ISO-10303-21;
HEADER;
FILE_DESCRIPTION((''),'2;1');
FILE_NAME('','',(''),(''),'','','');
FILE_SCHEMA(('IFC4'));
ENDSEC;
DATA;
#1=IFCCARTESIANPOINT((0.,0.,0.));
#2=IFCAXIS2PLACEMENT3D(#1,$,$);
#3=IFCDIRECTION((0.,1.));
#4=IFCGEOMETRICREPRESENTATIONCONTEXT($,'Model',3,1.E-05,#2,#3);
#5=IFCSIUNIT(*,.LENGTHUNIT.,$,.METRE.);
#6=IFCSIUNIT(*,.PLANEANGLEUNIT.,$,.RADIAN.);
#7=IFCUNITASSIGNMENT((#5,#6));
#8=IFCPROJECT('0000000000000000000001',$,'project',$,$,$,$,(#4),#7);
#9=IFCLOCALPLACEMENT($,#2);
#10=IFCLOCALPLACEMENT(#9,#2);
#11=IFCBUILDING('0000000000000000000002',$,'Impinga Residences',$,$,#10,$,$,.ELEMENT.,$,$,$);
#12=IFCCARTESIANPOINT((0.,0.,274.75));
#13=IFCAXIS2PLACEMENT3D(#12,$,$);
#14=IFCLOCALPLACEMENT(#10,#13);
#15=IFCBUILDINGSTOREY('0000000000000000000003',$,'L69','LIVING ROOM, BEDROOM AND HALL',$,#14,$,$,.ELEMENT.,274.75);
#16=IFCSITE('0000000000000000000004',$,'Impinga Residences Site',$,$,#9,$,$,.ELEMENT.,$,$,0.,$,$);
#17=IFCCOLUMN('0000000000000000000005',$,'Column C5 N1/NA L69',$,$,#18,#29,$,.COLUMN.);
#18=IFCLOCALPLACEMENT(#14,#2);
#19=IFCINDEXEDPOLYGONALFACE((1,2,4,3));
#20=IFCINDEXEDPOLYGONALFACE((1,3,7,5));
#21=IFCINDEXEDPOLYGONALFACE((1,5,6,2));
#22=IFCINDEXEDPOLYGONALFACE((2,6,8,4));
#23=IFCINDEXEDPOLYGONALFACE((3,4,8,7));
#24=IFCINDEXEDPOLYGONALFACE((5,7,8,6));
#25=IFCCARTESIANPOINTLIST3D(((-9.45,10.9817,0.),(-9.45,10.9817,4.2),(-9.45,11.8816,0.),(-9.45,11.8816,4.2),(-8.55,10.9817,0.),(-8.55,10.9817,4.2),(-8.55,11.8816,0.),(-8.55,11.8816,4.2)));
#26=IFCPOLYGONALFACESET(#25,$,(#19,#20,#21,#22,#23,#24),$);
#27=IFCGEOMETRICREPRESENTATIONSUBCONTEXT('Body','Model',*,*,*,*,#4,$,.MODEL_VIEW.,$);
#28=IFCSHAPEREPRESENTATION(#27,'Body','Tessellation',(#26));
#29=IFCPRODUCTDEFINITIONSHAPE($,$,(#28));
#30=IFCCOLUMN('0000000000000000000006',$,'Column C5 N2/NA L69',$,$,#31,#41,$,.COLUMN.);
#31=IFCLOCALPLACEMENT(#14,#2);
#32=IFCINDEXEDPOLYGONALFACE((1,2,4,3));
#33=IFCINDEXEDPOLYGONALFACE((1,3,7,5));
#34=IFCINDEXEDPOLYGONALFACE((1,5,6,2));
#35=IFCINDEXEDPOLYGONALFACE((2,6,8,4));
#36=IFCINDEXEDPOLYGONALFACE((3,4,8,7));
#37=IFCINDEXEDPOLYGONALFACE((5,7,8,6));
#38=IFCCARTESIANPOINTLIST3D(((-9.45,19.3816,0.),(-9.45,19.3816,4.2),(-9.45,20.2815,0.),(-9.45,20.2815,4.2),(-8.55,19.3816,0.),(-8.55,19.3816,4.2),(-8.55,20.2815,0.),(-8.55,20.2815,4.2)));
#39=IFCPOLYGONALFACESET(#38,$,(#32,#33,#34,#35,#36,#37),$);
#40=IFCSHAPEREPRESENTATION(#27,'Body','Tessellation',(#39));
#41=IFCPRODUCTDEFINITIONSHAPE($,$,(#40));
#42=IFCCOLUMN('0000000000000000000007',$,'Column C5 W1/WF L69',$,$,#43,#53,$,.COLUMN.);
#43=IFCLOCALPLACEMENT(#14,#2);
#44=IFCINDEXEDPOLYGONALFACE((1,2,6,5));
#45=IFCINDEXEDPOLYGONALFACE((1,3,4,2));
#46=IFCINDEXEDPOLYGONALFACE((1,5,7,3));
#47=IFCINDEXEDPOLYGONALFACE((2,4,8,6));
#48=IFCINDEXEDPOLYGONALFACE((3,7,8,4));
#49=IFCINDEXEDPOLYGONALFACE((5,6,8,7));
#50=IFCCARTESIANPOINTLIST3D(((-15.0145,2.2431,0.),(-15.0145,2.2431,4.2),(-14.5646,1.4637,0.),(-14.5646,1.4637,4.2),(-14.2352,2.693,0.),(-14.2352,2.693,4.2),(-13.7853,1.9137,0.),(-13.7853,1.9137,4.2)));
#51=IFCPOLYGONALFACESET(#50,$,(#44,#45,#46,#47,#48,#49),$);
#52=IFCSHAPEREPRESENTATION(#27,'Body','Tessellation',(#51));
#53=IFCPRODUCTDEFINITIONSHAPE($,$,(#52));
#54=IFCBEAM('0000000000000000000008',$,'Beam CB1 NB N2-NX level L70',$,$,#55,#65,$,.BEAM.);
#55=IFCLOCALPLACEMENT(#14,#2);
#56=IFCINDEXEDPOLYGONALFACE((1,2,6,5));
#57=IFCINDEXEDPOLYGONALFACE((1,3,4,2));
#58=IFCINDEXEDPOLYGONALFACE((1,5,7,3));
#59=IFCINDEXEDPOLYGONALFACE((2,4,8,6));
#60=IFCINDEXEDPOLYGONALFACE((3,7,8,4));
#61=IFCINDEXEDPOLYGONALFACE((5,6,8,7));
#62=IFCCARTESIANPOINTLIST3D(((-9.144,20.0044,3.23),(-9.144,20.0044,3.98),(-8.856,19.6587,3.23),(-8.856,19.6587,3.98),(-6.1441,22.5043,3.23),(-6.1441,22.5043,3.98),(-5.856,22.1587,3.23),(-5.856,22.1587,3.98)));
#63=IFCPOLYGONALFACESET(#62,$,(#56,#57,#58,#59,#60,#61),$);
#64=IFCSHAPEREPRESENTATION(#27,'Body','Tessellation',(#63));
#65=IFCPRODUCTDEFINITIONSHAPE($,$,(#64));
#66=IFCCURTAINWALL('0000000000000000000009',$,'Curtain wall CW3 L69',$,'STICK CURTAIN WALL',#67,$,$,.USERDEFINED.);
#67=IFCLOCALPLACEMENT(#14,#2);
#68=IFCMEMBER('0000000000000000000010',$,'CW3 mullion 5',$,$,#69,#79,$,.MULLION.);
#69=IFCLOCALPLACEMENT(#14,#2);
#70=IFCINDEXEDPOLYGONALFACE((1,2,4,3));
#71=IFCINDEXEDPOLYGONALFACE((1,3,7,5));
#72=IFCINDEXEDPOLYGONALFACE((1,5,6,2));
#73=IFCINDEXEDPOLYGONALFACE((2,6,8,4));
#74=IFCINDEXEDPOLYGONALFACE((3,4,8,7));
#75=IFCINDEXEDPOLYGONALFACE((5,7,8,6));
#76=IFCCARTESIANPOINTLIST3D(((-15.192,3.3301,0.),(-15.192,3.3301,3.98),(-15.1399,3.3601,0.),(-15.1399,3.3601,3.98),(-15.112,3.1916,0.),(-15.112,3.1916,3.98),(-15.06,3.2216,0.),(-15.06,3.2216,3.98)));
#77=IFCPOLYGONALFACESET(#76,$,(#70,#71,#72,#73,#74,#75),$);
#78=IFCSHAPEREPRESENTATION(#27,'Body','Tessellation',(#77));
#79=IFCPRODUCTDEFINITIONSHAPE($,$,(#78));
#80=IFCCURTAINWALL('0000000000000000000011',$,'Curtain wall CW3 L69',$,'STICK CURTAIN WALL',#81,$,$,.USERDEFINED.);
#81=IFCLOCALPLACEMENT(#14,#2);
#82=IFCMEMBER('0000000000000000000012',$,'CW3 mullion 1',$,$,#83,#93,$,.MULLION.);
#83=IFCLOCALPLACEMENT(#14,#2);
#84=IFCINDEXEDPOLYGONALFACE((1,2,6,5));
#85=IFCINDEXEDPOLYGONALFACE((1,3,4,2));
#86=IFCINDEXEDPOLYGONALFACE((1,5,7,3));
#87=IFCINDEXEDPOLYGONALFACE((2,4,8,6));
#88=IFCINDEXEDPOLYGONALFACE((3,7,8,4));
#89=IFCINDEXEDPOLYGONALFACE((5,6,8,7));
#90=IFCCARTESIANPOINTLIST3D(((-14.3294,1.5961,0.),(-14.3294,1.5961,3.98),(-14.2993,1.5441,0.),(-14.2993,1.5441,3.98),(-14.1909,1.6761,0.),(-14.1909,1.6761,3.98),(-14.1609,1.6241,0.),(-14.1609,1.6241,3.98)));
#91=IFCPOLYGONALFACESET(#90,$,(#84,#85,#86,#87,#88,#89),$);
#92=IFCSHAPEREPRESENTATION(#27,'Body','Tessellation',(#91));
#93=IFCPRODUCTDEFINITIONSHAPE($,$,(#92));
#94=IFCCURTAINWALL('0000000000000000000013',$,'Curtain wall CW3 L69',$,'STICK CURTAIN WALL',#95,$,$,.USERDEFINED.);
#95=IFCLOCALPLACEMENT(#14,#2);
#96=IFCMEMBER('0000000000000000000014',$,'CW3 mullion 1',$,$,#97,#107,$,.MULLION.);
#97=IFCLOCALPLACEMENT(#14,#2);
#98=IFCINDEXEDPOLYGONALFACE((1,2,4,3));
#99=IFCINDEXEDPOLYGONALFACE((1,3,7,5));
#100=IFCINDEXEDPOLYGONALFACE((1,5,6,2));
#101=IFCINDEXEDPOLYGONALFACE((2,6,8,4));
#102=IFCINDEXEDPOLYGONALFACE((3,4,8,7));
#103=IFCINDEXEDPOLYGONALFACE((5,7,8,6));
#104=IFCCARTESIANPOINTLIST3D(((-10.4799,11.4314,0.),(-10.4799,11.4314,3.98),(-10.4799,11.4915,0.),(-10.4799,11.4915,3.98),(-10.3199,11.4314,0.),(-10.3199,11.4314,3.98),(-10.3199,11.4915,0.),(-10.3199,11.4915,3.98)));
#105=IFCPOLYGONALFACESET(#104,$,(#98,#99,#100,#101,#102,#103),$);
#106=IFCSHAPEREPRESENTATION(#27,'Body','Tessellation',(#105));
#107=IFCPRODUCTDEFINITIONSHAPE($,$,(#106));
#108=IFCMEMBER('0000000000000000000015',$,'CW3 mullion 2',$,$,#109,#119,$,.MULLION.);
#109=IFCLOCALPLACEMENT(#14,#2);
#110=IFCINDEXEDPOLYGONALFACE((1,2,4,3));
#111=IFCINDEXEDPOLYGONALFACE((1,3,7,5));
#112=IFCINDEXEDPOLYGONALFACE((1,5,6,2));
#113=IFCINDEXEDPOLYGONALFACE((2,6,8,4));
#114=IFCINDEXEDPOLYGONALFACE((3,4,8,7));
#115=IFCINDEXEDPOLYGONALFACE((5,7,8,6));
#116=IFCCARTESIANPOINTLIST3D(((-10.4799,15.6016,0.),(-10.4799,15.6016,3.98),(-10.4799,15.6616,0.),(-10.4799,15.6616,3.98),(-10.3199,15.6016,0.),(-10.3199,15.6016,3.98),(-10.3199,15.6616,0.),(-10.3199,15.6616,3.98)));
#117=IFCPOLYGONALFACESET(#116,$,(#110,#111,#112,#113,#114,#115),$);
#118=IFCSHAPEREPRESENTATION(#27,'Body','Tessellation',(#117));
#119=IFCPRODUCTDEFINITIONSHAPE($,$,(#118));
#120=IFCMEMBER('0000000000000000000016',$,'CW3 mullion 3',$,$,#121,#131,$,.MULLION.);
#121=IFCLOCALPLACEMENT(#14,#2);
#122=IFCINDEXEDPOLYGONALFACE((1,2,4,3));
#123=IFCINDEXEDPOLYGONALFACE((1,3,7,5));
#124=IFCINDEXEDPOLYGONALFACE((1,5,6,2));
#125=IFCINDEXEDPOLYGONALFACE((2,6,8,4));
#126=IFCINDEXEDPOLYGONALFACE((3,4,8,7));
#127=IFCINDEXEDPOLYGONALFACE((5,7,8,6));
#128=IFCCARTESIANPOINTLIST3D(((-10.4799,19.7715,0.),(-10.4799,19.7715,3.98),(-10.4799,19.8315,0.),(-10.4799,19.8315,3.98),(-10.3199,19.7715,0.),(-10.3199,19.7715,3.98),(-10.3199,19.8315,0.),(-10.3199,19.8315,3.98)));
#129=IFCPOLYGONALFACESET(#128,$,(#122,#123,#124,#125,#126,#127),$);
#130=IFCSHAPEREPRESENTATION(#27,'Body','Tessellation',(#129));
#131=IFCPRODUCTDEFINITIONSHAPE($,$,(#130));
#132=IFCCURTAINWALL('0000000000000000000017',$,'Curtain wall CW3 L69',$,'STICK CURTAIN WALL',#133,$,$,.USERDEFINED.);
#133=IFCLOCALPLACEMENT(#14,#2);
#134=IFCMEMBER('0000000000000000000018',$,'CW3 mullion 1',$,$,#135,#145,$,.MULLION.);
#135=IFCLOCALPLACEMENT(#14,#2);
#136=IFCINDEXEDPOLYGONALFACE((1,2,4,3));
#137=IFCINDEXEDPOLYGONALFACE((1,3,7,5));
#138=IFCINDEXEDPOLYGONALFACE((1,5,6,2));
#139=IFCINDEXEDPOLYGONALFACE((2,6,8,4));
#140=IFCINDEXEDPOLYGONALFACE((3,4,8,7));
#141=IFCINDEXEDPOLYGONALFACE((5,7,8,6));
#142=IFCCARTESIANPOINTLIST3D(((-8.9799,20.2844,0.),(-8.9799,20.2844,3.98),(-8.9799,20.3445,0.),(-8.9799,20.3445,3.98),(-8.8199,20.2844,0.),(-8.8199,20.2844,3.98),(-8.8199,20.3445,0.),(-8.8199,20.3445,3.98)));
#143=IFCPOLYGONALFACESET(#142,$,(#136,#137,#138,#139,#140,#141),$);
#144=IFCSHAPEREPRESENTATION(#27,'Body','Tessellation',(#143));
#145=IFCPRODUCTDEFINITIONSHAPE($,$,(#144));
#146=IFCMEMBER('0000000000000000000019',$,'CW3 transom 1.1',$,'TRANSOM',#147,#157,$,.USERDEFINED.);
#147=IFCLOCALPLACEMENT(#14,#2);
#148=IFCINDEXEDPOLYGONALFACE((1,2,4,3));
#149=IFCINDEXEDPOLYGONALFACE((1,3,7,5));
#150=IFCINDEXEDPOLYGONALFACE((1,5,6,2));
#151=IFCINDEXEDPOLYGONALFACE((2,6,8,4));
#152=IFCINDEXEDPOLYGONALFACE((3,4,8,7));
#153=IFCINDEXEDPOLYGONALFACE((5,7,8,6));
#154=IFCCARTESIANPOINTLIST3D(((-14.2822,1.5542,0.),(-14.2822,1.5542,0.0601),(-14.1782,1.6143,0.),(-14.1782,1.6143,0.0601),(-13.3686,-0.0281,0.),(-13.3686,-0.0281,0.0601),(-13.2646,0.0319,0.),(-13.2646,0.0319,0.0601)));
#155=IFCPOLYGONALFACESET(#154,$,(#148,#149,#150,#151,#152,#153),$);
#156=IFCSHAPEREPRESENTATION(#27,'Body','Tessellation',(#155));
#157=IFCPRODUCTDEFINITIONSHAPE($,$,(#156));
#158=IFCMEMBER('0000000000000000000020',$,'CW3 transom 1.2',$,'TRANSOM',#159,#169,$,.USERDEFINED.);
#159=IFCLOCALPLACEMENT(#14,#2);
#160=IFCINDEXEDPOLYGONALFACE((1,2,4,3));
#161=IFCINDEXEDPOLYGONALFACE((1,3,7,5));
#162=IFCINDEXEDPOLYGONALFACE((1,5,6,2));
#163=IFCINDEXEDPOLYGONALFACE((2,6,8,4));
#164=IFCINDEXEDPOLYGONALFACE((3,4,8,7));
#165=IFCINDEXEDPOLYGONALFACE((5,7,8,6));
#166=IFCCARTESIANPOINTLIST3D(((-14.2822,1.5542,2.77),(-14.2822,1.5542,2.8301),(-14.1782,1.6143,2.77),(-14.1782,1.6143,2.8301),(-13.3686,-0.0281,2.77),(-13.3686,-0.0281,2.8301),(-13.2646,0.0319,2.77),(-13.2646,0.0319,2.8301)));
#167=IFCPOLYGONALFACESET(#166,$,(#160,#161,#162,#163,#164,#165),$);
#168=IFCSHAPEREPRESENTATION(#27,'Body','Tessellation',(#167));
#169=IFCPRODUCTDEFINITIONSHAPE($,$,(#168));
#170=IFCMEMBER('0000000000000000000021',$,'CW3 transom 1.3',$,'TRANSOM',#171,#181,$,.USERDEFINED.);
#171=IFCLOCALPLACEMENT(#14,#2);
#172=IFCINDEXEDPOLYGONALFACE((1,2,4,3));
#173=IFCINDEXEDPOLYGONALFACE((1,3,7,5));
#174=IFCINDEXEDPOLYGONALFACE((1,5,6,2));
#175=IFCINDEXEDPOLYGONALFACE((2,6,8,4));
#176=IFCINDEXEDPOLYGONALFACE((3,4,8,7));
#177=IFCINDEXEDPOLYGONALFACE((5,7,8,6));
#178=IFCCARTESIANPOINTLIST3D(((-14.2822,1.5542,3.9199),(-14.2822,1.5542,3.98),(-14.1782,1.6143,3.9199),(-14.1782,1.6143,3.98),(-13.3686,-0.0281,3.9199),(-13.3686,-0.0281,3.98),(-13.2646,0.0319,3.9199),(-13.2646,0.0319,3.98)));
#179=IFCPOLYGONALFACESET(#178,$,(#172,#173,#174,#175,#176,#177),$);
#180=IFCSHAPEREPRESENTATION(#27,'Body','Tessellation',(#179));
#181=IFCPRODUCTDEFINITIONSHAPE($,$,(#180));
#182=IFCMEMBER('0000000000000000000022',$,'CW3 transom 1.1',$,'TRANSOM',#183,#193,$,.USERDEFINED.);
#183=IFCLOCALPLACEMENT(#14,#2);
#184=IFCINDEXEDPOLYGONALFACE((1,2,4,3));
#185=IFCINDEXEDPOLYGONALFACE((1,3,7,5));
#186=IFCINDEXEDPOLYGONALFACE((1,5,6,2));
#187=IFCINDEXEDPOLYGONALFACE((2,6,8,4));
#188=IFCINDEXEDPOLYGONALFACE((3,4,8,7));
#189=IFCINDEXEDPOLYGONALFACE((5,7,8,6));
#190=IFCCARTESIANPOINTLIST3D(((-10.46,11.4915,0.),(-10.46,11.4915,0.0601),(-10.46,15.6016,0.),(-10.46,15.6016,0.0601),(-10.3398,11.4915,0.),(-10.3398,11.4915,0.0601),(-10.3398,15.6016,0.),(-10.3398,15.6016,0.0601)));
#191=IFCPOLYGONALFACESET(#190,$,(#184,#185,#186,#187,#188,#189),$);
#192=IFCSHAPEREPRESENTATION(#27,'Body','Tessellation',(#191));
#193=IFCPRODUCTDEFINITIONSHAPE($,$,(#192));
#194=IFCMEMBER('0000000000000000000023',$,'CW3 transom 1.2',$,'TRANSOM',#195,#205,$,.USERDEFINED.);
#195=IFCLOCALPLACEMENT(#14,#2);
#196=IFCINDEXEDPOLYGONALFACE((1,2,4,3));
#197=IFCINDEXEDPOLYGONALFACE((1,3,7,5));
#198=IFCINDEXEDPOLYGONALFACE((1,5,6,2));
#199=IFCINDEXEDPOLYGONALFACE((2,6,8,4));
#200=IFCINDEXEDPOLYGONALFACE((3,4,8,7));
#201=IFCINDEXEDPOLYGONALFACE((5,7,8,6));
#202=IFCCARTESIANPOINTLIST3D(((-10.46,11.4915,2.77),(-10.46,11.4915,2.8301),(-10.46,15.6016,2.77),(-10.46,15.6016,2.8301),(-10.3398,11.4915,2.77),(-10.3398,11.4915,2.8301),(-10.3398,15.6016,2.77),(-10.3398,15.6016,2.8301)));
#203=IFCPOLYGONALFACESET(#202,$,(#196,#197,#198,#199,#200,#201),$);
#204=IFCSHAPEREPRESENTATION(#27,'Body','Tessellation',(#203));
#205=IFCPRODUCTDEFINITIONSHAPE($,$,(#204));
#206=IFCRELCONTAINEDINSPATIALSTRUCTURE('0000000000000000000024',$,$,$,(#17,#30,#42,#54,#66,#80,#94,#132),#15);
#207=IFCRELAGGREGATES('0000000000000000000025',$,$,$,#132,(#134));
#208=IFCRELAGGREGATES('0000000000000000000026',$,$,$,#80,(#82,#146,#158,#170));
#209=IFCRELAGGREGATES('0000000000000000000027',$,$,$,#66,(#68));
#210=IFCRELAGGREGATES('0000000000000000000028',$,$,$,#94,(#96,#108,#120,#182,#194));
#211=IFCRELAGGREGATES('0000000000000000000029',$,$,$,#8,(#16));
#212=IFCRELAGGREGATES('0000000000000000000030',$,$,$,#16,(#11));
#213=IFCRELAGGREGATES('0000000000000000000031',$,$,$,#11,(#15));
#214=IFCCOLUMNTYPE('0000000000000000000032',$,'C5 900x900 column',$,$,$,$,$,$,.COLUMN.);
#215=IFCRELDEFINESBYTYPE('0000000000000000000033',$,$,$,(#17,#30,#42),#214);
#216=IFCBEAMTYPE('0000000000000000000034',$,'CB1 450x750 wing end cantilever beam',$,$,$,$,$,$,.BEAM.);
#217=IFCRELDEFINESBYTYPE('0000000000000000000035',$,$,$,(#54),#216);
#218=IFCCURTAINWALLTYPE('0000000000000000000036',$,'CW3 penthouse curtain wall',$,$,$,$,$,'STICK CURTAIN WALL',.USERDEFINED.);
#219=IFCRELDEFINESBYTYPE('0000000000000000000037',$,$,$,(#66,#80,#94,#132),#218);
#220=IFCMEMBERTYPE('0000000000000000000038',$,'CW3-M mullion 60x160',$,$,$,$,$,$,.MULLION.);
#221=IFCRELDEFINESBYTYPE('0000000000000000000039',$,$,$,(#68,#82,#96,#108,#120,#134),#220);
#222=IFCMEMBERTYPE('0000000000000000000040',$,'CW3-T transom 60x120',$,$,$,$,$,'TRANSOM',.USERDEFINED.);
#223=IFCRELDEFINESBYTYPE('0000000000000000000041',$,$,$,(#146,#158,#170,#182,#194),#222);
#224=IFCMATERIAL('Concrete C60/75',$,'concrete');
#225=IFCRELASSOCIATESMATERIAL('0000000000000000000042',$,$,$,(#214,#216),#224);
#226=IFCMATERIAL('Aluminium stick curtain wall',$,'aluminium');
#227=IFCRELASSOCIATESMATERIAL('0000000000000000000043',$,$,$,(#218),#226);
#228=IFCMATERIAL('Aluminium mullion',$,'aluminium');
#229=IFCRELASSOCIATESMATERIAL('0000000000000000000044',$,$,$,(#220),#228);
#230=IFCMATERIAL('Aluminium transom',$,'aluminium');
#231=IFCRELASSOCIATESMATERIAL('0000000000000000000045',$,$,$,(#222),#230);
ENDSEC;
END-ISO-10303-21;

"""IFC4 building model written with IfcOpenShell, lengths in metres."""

from ifc_helpers import new_model, si_unit, direction, frame, origin, origin_2d, place, context, subcontext, project, spatial, rectangle, extrude, material, material_profile, profile_set, type_object, element, aggregate, save


model = new_model("IFC4")

# Units and contexts
model_context = context("Model", 3, precision=1e-05, world=origin(), true_north=direction((0.0, 1.0)))
body_context = subcontext(model_context, "Body", "Model", "MODEL_VIEW")
ifc_project = project(units=[si_unit("LENGTHUNIT", "METRE"), si_unit("PLANEANGLEUNIT", "RADIAN")], contexts=[model_context])

# Site, building, storey
site_placement = place(None, origin())
site = spatial("IfcSite", under=ifc_project, at=site_placement, Name="Impinga Residences Site", CompositionType="ELEMENT", RefElevation=0.0)
building_placement = place(site_placement, origin())
building = spatial("IfcBuilding", under=site, at=building_placement, Name="Impinga Residences", CompositionType="ELEMENT")
storey_placement = place(building_placement, frame((0.0, 0.0, 274.75)))
storey = spatial("IfcBuildingStorey", under=building, at=storey_placement, Name="L69", Description="LIVING ROOM, BEDROOM AND HALL", CompositionType="ELEMENT", Elevation=274.75)

# Columns
ifc_material_1 = material(Name="Concrete C60/75", Category="concrete")
ifc_material_profile_1 = material_profile(ifc_material_1, rectangle(XDim=0.8999, YDim=0.8999, at=origin_2d()), Name="RC 900x900")
ifc_profile_set_1 = profile_set([ifc_material_profile_1], Name="Concrete C60/75")
column_type = type_object("IfcColumnType", Name="C5 900x900 column", PredefinedType="COLUMN", material=ifc_profile_set_1)
for number, where, z_axis, x_axis, name in (
    (1, (-9.0, 11.4316, 0.0), (0.0, 0.0, 1.0), (1.0, 0.0, 0.0), "Column C5 N1/NA L69"),
    (2, (-9.0, 19.8315, 0.0), (0.0, 0.0, 1.0), (1.0, 0.0, 0.0), "Column C5 N2/NA L69"),
    (3, (-14.3999, 2.0784, 0.0), (0.0, 0.0, 1.0), (-0.5, 0.866025, 0.0), "Column C5 W1/WF L69"),
):
    element("IfcColumn", number, at=place(storey_placement, frame(where, z_axis=z_axis, x_axis=x_axis)), inside=storey, type_object=column_type, Name=name, PredefinedType="COLUMN", context=body_context, shape_type="SweptSolid", body=[
        extrude(rectangle(XDim=0.8999, YDim=0.8999, at=origin_2d()), origin(), (0.0, 0.0, 1.0), 4.2),
    ])

# Beam
ifc_material_profile_2 = material_profile(ifc_material_1, rectangle(XDim=0.45, YDim=0.75, at=origin_2d()), Name="RC 450x750")
ifc_profile_set_2 = profile_set([ifc_material_profile_2], Name="Concrete C60/75")
beam_type_1 = type_object("IfcBeamType", Name="CB1 450x750 wing end cantilever beam", PredefinedType="BEAM", material=ifc_profile_set_2)
beam_placement = place(storey_placement, frame((-9.0, 19.8315, 3.605), z_axis=(0.768221, 0.640184, 0.0), x_axis=(-0.640184, 0.768221, 0.0)))
element("IfcBeam", 4, at=beam_placement, inside=storey, type_object=beam_type_1, Name="Beam CB1 NB N2-NX level L70", PredefinedType="BEAM", context=body_context, shape_type="SweptSolid", body=[
    extrude(rectangle(XDim=0.45, YDim=0.75, at=origin_2d()), origin(), (0.0, 0.0, 1.0), 3.905),
])

# Curtain walls, members
ifc_material_2 = material(Name="Aluminium stick curtain wall", Category="aluminium")
curtain_wall_type = type_object("IfcCurtainWallType", Name="CW3 penthouse curtain wall", ElementType="STICK CURTAIN WALL", PredefinedType="USERDEFINED", material=ifc_material_2)
curtain_wall_1_placement = place(storey_placement, origin())
curtain_wall_1 = element("IfcCurtainWall", 5, at=curtain_wall_1_placement, inside=storey, type_object=curtain_wall_type, Name="Curtain wall CW3 L69", ObjectType="STICK CURTAIN WALL", PredefinedType="USERDEFINED")
ifc_material_3 = material(Name="Aluminium mullion", Category="aluminium")
ifc_material_profile_3 = material_profile(ifc_material_3, rectangle(XDim=0.0601, YDim=0.1599, at=origin_2d()), Name="60x160 mullion")
ifc_profile_set_3 = profile_set([ifc_material_profile_3], Name="Aluminium mullion")
member_type_1 = type_object("IfcMemberType", Name="CW3-M mullion 60x160", PredefinedType="MULLION", material=ifc_profile_set_3)
member_1_placement = place(storey_placement, frame((-15.126, 3.2759, 0.0), z_axis=(0.0, 0.0, 1.0), x_axis=(0.866025, 0.5, 0.0)))
member_1 = element("IfcMember", 6, at=member_1_placement, type_object=member_type_1, Name="CW3 mullion 5", PredefinedType="MULLION", context=body_context, shape_type="SweptSolid", body=[
    extrude(rectangle(XDim=0.0601, YDim=0.1599, at=origin_2d()), origin(), (0.0, 0.0, 1.0), 3.98),
])
curtain_wall_2_placement = place(storey_placement, origin())
curtain_wall_2 = element("IfcCurtainWall", 7, at=curtain_wall_2_placement, inside=storey, type_object=curtain_wall_type, Name="Curtain wall CW3 L69", ObjectType="STICK CURTAIN WALL", PredefinedType="USERDEFINED")
member_2_placement = place(storey_placement, frame((-14.2451, 1.6101, 0.0), z_axis=(0.0, 0.0, 1.0), x_axis=(0.5, -0.866025, 0.0)))
member_2 = element("IfcMember", 8, at=member_2_placement, type_object=member_type_1, Name="CW3 mullion 1", PredefinedType="MULLION", context=body_context, shape_type="SweptSolid", body=[
    extrude(rectangle(XDim=0.0601, YDim=0.1599, at=origin_2d()), origin(), (0.0, 0.0, 1.0), 3.98),
])

# Curtain wall, members
curtain_wall_3_placement = place(storey_placement, origin())
curtain_wall_3 = element("IfcCurtainWall", 9, at=curtain_wall_3_placement, inside=storey, type_object=curtain_wall_type, Name="Curtain wall CW3 L69", ObjectType="STICK CURTAIN WALL", PredefinedType="USERDEFINED")
member_3_placement = place(storey_placement, frame((-10.3999, 11.4614, 0.0), z_axis=(0.0, 0.0, 1.0), x_axis=(0.0, 1.0, 0.0)))
member_3 = element("IfcMember", 10, at=member_3_placement, type_object=member_type_1, Name="CW3 mullion 1", PredefinedType="MULLION", context=body_context, shape_type="SweptSolid", body=[
    extrude(rectangle(XDim=0.0601, YDim=0.1599, at=origin_2d()), origin(), (0.0, 0.0, 1.0), 3.98),
])
member_4_placement = place(storey_placement, frame((-10.3999, 15.6316, 0.0), z_axis=(0.0, 0.0, 1.0), x_axis=(0.0, 1.0, 0.0)))
member_4 = element("IfcMember", 11, at=member_4_placement, type_object=member_type_1, Name="CW3 mullion 2", PredefinedType="MULLION", context=body_context, shape_type="SweptSolid", body=[
    extrude(rectangle(XDim=0.0601, YDim=0.1599, at=origin_2d()), origin(), (0.0, 0.0, 1.0), 3.98),
])
member_5_placement = place(storey_placement, frame((-10.3999, 19.8015, 0.0), z_axis=(0.0, 0.0, 1.0), x_axis=(0.0, 1.0, 0.0)))
member_5 = element("IfcMember", 12, at=member_5_placement, type_object=member_type_1, Name="CW3 mullion 3", PredefinedType="MULLION", context=body_context, shape_type="SweptSolid", body=[
    extrude(rectangle(XDim=0.0601, YDim=0.1599, at=origin_2d()), origin(), (0.0, 0.0, 1.0), 3.98),
])

# Curtain wall, member
curtain_wall_4_placement = place(storey_placement, origin())
curtain_wall_4 = element("IfcCurtainWall", 13, at=curtain_wall_4_placement, inside=storey, type_object=curtain_wall_type, Name="Curtain wall CW3 L69", ObjectType="STICK CURTAIN WALL", PredefinedType="USERDEFINED")
member_6_placement = place(storey_placement, frame((-8.8999, 20.3145, 0.0), z_axis=(0.0, 0.0, 1.0), x_axis=(0.0, 1.0, 0.0)))
member_6 = element("IfcMember", 14, at=member_6_placement, type_object=member_type_1, Name="CW3 mullion 1", PredefinedType="MULLION", context=body_context, shape_type="SweptSolid", body=[
    extrude(rectangle(XDim=0.0601, YDim=0.1599, at=origin_2d()), origin(), (0.0, 0.0, 1.0), 3.98),
])
aggregate(curtain_wall_4, [member_6])

# Members
ifc_material_4 = material(Name="Aluminium transom", Category="aluminium")
ifc_material_profile_4 = material_profile(ifc_material_4, rectangle(XDim=0.0601, YDim=0.1201, at=origin_2d()), Name="60x120 transom")
ifc_profile_set_4 = profile_set([ifc_material_profile_4], Name="Aluminium transom")
member_type_2 = type_object("IfcMemberType", Name="CW3-T transom 60x120", ElementType="TRANSOM", PredefinedType="USERDEFINED", material=ifc_profile_set_4)
member_7_placement = place(storey_placement, frame((-14.2302, 1.5842, 0.03), z_axis=(0.500019, -0.866014, 0.0), x_axis=(0.0, 0.0, 1.0)))
member_7 = element("IfcMember", 15, at=member_7_placement, type_object=member_type_2, Name="CW3 transom 1.1", ObjectType="TRANSOM", PredefinedType="USERDEFINED", context=body_context, shape_type="SweptSolid", body=[
    extrude(rectangle(XDim=0.0601, YDim=0.1201, at=origin_2d()), origin(), (0.0, 0.0, 1.0), 1.8271),
])
member_8_placement = place(storey_placement, frame((-14.2302, 1.5842, 2.8), z_axis=(0.500019, -0.866014, 0.0), x_axis=(0.0, 0.0, 1.0)))
member_8 = element("IfcMember", 16, at=member_8_placement, type_object=member_type_2, Name="CW3 transom 1.2", ObjectType="TRANSOM", PredefinedType="USERDEFINED", context=body_context, shape_type="SweptSolid", body=[
    extrude(rectangle(XDim=0.0601, YDim=0.1201, at=origin_2d()), origin(), (0.0, 0.0, 1.0), 1.8271),
])
member_9_placement = place(storey_placement, frame((-14.2302, 1.5842, 3.95), z_axis=(0.500019, -0.866014, 0.0), x_axis=(0.0, 0.0, 1.0)))
member_9 = element("IfcMember", 17, at=member_9_placement, type_object=member_type_2, Name="CW3 transom 1.3", ObjectType="TRANSOM", PredefinedType="USERDEFINED", context=body_context, shape_type="SweptSolid", body=[
    extrude(rectangle(XDim=0.0601, YDim=0.1201, at=origin_2d()), origin(), (0.0, 0.0, 1.0), 1.8271),
])
aggregate(curtain_wall_2, [member_2, member_7, member_8, member_9])
member_10_placement = place(storey_placement, frame((-10.3999, 11.4915, 0.03), z_axis=(0.0, 1.0, 0.0), x_axis=(0.0, 0.0, 1.0)))
member_10 = element("IfcMember", 18, at=member_10_placement, type_object=member_type_2, Name="CW3 transom 1.1", ObjectType="TRANSOM", PredefinedType="USERDEFINED", context=body_context, shape_type="SweptSolid", body=[
    extrude(rectangle(XDim=0.0601, YDim=0.1201, at=origin_2d()), origin(), (0.0, 0.0, 1.0), 4.1101),
])
member_11_placement = place(storey_placement, frame((-10.3999, 11.4915, 2.8), z_axis=(0.0, 1.0, 0.0), x_axis=(0.0, 0.0, 1.0)))
member_11 = element("IfcMember", 19, at=member_11_placement, type_object=member_type_2, Name="CW3 transom 1.2", ObjectType="TRANSOM", PredefinedType="USERDEFINED", context=body_context, shape_type="SweptSolid", body=[
    extrude(rectangle(XDim=0.0601, YDim=0.1201, at=origin_2d()), origin(), (0.0, 0.0, 1.0), 4.1101),
])

aggregate(curtain_wall_1, [member_1])
aggregate(curtain_wall_3, [member_3, member_4, member_5, member_10, member_11])

save(model, "model.ifc")
